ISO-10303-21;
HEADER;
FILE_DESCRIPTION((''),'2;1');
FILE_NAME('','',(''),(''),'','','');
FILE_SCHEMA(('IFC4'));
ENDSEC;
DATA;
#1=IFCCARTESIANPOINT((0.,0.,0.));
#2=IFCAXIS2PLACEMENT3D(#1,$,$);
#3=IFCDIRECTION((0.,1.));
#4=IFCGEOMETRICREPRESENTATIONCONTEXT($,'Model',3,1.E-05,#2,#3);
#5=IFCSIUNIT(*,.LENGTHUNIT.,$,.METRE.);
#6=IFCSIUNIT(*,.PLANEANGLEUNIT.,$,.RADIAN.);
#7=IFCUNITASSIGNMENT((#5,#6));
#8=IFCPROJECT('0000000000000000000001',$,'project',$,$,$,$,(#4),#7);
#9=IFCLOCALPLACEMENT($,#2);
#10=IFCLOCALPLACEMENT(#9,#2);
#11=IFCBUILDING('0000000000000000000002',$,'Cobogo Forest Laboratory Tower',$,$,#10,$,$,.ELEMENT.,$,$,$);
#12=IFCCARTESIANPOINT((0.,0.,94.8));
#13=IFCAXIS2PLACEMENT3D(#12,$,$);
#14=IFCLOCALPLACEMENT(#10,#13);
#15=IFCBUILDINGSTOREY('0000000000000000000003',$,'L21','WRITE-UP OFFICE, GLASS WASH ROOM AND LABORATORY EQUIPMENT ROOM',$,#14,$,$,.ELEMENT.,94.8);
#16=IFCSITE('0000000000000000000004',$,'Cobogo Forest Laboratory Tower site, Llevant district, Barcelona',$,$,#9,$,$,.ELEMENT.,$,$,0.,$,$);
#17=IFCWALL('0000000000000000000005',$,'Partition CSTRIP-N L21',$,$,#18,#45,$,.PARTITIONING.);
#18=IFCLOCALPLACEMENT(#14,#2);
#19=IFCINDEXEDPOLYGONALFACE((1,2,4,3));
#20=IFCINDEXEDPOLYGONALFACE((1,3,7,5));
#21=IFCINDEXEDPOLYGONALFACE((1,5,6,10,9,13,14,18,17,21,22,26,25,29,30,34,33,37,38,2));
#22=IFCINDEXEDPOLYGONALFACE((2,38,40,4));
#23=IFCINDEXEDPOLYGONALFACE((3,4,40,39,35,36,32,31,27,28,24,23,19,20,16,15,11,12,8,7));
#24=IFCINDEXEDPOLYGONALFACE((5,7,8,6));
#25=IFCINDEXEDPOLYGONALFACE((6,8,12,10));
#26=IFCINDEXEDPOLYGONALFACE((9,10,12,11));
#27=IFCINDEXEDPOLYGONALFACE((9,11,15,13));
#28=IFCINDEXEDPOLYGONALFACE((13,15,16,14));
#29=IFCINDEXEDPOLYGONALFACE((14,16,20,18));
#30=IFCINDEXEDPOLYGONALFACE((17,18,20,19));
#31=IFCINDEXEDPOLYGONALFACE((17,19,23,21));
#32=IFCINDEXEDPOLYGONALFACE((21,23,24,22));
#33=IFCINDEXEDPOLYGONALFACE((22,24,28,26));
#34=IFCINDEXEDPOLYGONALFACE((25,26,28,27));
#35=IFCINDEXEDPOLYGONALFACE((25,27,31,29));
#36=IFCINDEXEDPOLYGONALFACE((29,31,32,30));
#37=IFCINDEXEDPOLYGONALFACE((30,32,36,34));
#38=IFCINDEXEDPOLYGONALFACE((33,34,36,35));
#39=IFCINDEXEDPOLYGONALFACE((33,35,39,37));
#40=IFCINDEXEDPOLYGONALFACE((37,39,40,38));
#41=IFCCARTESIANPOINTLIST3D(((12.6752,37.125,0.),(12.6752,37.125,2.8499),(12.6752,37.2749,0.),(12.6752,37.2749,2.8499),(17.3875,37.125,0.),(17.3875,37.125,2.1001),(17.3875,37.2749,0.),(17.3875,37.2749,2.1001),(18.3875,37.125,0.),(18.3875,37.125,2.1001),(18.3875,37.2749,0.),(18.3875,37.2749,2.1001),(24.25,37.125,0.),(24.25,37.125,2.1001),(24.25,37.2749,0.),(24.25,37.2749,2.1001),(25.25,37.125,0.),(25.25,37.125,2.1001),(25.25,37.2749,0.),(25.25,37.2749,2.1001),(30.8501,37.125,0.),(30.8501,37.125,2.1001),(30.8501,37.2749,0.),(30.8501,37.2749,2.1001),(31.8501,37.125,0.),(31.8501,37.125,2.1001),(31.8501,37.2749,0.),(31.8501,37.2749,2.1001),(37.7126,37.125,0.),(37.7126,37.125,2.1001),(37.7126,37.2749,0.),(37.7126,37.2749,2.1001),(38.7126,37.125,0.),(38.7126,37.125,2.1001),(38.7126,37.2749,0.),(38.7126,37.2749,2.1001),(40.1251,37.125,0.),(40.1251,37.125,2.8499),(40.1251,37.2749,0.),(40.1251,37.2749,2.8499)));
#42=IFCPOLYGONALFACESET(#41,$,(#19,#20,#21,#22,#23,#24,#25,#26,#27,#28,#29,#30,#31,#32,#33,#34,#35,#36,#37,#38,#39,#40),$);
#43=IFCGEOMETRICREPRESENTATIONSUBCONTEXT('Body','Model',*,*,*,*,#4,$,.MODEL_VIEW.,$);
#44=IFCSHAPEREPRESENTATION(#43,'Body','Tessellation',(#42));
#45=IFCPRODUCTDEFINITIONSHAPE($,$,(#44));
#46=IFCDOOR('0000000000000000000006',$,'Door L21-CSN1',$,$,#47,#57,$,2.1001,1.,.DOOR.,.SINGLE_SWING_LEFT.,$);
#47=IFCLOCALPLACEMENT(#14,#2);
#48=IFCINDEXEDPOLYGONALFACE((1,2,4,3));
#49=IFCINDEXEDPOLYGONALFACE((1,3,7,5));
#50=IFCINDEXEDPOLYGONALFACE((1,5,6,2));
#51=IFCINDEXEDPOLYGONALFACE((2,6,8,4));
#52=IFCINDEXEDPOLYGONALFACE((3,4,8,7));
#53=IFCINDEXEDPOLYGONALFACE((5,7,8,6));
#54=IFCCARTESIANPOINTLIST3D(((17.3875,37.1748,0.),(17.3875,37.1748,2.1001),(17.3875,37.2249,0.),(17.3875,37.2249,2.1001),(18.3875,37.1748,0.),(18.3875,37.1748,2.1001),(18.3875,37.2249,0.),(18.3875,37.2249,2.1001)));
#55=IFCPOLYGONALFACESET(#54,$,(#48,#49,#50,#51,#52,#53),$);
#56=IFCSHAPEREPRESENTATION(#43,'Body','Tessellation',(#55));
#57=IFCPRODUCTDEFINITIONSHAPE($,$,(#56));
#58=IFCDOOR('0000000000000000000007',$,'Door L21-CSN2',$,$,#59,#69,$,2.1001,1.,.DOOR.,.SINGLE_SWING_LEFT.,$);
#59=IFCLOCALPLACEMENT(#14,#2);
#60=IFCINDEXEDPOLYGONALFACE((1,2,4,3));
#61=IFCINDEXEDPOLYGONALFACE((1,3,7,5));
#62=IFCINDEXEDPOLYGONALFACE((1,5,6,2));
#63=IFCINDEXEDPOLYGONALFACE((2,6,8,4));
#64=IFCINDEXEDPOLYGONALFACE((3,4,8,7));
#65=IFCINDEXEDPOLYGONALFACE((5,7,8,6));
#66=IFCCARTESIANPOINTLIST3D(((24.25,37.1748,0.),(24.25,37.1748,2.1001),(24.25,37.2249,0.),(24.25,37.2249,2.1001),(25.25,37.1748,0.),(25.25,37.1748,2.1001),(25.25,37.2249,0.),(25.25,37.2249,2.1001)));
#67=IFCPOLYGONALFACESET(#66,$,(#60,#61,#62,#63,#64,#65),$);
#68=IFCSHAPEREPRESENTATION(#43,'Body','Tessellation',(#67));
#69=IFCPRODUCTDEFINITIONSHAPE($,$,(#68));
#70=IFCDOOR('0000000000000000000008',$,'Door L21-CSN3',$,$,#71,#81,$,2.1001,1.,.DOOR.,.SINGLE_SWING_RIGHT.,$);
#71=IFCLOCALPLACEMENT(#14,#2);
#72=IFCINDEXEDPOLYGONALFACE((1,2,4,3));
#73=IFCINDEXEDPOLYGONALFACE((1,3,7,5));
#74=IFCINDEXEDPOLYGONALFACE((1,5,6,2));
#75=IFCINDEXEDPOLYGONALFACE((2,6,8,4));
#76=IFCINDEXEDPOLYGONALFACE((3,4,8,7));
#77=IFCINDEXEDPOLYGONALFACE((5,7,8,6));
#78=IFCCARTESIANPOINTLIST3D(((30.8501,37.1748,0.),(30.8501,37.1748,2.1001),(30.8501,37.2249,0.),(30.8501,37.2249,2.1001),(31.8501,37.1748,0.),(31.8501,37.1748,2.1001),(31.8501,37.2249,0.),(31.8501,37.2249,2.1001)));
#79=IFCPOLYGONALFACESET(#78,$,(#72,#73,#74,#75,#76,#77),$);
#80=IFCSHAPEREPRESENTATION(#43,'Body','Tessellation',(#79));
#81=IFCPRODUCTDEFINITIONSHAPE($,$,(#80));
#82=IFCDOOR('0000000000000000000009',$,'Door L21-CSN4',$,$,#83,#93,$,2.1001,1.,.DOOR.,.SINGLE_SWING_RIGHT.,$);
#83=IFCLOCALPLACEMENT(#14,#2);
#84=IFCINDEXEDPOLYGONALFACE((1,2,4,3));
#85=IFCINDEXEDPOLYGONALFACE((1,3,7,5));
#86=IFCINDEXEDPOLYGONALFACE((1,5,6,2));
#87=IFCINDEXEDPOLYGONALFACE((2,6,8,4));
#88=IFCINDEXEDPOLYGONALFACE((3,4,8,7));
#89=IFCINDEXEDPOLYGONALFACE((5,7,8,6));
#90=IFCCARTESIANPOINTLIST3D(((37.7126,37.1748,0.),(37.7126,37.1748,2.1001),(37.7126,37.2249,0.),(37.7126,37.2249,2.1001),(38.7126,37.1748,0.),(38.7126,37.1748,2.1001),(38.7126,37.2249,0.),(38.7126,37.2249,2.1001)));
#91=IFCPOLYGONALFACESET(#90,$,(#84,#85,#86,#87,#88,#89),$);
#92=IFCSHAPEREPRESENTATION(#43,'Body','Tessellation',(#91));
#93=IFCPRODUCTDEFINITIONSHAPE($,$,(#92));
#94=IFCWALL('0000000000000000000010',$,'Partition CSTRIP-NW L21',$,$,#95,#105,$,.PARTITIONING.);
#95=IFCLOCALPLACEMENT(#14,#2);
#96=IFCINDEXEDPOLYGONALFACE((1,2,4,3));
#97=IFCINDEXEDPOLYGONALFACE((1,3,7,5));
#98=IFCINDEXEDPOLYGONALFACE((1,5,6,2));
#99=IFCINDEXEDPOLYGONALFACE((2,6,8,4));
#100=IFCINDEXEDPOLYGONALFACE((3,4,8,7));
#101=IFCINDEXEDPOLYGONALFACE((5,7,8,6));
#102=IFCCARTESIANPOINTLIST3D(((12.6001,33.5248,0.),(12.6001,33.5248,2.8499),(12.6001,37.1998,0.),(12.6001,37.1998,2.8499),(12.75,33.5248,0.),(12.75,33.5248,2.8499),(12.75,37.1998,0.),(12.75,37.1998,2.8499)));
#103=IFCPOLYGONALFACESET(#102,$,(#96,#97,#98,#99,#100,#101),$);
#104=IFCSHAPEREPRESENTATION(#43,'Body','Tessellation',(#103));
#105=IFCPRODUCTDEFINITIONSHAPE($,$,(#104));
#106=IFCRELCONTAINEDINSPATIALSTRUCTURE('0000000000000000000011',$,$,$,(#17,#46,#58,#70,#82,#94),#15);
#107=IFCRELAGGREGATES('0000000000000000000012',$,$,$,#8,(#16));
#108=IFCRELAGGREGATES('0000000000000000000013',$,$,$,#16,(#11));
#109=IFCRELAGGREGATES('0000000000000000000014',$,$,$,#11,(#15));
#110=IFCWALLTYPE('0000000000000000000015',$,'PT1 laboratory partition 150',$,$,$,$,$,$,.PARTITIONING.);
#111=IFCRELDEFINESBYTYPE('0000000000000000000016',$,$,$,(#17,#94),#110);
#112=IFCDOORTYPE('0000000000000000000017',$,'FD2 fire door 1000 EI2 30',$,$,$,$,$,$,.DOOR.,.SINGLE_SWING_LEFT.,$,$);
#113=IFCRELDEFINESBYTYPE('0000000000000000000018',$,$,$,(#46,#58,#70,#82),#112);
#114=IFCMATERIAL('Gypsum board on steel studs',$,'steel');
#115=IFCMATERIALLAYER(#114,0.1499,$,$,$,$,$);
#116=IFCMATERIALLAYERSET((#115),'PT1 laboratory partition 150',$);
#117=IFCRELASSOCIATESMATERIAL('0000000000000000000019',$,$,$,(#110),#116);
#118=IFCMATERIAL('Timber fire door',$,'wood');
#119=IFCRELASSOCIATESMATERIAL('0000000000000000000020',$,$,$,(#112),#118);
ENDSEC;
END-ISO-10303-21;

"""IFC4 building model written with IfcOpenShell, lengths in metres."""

from ifc_helpers import new_model, si_unit, direction, frame, frame_2d, origin, place, context, subcontext, project, spatial, rectangle, extrude, material, layer, layer_set, type_object, element, fill, save


model = new_model("IFC4")

# Units and contexts
model_context = context("Model", 3, precision=1e-05, world=origin(), true_north=direction((0.0, 1.0)))
body_context = subcontext(model_context, "Body", "Model", "MODEL_VIEW")
ifc_project = project(units=[si_unit("LENGTHUNIT", "METRE"), si_unit("PLANEANGLEUNIT", "RADIAN")], contexts=[model_context])

# Site, building, storey
site_placement = place(None, origin())
site = spatial("IfcSite", under=ifc_project, at=site_placement, Name="Cobogo Forest Laboratory Tower site, Llevant district, Barcelona", CompositionType="ELEMENT", RefElevation=0.0)
building_placement = place(site_placement, origin())
building = spatial("IfcBuilding", under=site, at=building_placement, Name="Cobogo Forest Laboratory Tower", CompositionType="ELEMENT")
storey_placement = place(building_placement, frame((0.0, 0.0, 94.8)))
storey = spatial("IfcBuildingStorey", under=building, at=storey_placement, Name="L21", Description="WRITE-UP OFFICE, GLASS WASH ROOM AND LABORATORY EQUIPMENT ROOM", CompositionType="ELEMENT", Elevation=94.8)

# Wall, openings, doors
ifc_material_1 = material(Name="Gypsum board on steel studs", Category="steel")
ifc_layer_1 = layer(ifc_material_1, 0.1499)
ifc_layer_set_1 = layer_set([ifc_layer_1], Name="PT1 laboratory partition 150")
wall_type_1 = type_object("IfcWallType", Name="PT1 laboratory partition 150", PredefinedType="PARTITIONING", material=ifc_layer_set_1)
wall_1_placement = place(storey_placement, frame((12.675, 37.2, 0.0), z_axis=(0.0, 0.0, 1.0), x_axis=(1.0, 0.0, 0.0)))
wall_1 = element("IfcWall", 1, at=wall_1_placement, inside=storey, type_object=wall_type_1, Name="Partition CSTRIP-N L21", PredefinedType="PARTITIONING", context=body_context, shape_type="SweptSolid", body=[
    extrude(rectangle(XDim=27.45, YDim=0.1499, at=frame_2d((13.7251, 0.0))), origin(), (0.0, 0.0, 1.0), 2.8499),
])
opening_1_placement = place(wall_1_placement, frame((4.7124, 0.0, 0.0)))
opening_1 = element("IfcOpeningElement", 2, at=opening_1_placement, cuts=wall_1, PredefinedType="OPENING", context=body_context, shape_type="SweptSolid", body=[
    extrude(rectangle(XDim=1.0, YDim=2.1001, at=frame_2d((0.5, 1.05))), frame((0.0, 0.085, 0.0), z_axis=(0.0, -1.0, 0.0), x_axis=(1.0, 0.0, 0.0)), (0.0, 0.0, 1.0), 0.1699),
])
opening_2_placement = place(wall_1_placement, frame((11.575, 0.0, 0.0)))
opening_2 = element("IfcOpeningElement", 3, at=opening_2_placement, cuts=wall_1, PredefinedType="OPENING", context=body_context, shape_type="SweptSolid", body=[
    extrude(rectangle(XDim=1.0, YDim=2.1001, at=frame_2d((0.5, 1.05))), frame((0.0, 0.085, 0.0), z_axis=(0.0, -1.0, 0.0), x_axis=(1.0, 0.0, 0.0)), (0.0, 0.0, 1.0), 0.1699),
])
opening_3_placement = place(wall_1_placement, frame((18.175, 0.0, 0.0)))
opening_3 = element("IfcOpeningElement", 4, at=opening_3_placement, cuts=wall_1, PredefinedType="OPENING", context=body_context, shape_type="SweptSolid", body=[
    extrude(rectangle(XDim=1.0, YDim=2.1001, at=frame_2d((0.5, 1.05))), frame((0.0, 0.085, 0.0), z_axis=(0.0, -1.0, 0.0), x_axis=(1.0, 0.0, 0.0)), (0.0, 0.0, 1.0), 0.1699),
])
opening_4_placement = place(wall_1_placement, frame((25.0376, 0.0, 0.0)))
opening_4 = element("IfcOpeningElement", 5, at=opening_4_placement, cuts=wall_1, PredefinedType="OPENING", context=body_context, shape_type="SweptSolid", body=[
    extrude(rectangle(XDim=1.0, YDim=2.1001, at=frame_2d((0.5, 1.05))), frame((0.0, 0.085, 0.0), z_axis=(0.0, -1.0, 0.0), x_axis=(1.0, 0.0, 0.0)), (0.0, 0.0, 1.0), 0.1699),
])
ifc_material_2 = material(Name="Timber fire door", Category="wood")
door_type_1 = type_object("IfcDoorType", Name="FD2 fire door 1000 EI2 30", OperationType="SINGLE_SWING_LEFT", PredefinedType="DOOR", material=ifc_material_2)
door_1_placement = place(opening_1_placement, origin())
door_1 = element("IfcDoor", 6, at=door_1_placement, inside=storey, type_object=door_type_1, Name="Door L21-CSN1", OperationType="SINGLE_SWING_LEFT", OverallHeight=2.1001, OverallWidth=1.0, PredefinedType="DOOR", context=body_context, shape_type="SweptSolid", body=[
    extrude(rectangle(XDim=1.0, YDim=2.1001, at=frame_2d((0.5, 1.05))), frame((0.0, 0.0249, 0.0), z_axis=(0.0, -1.0, 0.0), x_axis=(1.0, 0.0, 0.0)), (0.0, 0.0, 1.0), 0.05),
])
fill(opening_1, door_1)
door_2_placement = place(opening_2_placement, origin())
door_2 = element("IfcDoor", 7, at=door_2_placement, inside=storey, type_object=door_type_1, Name="Door L21-CSN2", OperationType="SINGLE_SWING_LEFT", OverallHeight=2.1001, OverallWidth=1.0, PredefinedType="DOOR", context=body_context, shape_type="SweptSolid", body=[
    extrude(rectangle(XDim=1.0, YDim=2.1001, at=frame_2d((0.5, 1.05))), frame((0.0, 0.0249, 0.0), z_axis=(0.0, -1.0, 0.0), x_axis=(1.0, 0.0, 0.0)), (0.0, 0.0, 1.0), 0.05),
])
fill(opening_2, door_2)
door_3_placement = place(opening_3_placement, origin())
door_3 = element("IfcDoor", 8, at=door_3_placement, inside=storey, type_object=door_type_1, Name="Door L21-CSN3", OperationType="SINGLE_SWING_RIGHT", OverallHeight=2.1001, OverallWidth=1.0, PredefinedType="DOOR", context=body_context, shape_type="SweptSolid", body=[
    extrude(rectangle(XDim=1.0, YDim=2.1001, at=frame_2d((0.5, 1.05))), frame((0.0, 0.0249, 0.0), z_axis=(0.0, -1.0, 0.0), x_axis=(1.0, 0.0, 0.0)), (0.0, 0.0, 1.0), 0.05),
])
fill(opening_3, door_3)
door_4_placement = place(opening_4_placement, origin())
door_4 = element("IfcDoor", 9, at=door_4_placement, inside=storey, type_object=door_type_1, Name="Door L21-CSN4", OperationType="SINGLE_SWING_RIGHT", OverallHeight=2.1001, OverallWidth=1.0, PredefinedType="DOOR", context=body_context, shape_type="SweptSolid", body=[
    extrude(rectangle(XDim=1.0, YDim=2.1001, at=frame_2d((0.5, 1.05))), frame((0.0, 0.0249, 0.0), z_axis=(0.0, -1.0, 0.0), x_axis=(1.0, 0.0, 0.0)), (0.0, 0.0, 1.0), 0.05),
])
fill(opening_4, door_4)

# Wall
wall_2_placement = place(storey_placement, frame((12.675, 33.5249, 0.0), z_axis=(0.0, 0.0, 1.0), x_axis=(0.0, 1.0, 0.0)))
element("IfcWall", 10, at=wall_2_placement, inside=storey, type_object=wall_type_1, Name="Partition CSTRIP-NW L21", PredefinedType="PARTITIONING", context=body_context, shape_type="SweptSolid", body=[
    extrude(rectangle(XDim=3.675, YDim=0.1499, at=frame_2d((1.8374, 0.0))), origin(), (0.0, 0.0, 1.0), 2.8499),
])

save(model, "model.ifc")
